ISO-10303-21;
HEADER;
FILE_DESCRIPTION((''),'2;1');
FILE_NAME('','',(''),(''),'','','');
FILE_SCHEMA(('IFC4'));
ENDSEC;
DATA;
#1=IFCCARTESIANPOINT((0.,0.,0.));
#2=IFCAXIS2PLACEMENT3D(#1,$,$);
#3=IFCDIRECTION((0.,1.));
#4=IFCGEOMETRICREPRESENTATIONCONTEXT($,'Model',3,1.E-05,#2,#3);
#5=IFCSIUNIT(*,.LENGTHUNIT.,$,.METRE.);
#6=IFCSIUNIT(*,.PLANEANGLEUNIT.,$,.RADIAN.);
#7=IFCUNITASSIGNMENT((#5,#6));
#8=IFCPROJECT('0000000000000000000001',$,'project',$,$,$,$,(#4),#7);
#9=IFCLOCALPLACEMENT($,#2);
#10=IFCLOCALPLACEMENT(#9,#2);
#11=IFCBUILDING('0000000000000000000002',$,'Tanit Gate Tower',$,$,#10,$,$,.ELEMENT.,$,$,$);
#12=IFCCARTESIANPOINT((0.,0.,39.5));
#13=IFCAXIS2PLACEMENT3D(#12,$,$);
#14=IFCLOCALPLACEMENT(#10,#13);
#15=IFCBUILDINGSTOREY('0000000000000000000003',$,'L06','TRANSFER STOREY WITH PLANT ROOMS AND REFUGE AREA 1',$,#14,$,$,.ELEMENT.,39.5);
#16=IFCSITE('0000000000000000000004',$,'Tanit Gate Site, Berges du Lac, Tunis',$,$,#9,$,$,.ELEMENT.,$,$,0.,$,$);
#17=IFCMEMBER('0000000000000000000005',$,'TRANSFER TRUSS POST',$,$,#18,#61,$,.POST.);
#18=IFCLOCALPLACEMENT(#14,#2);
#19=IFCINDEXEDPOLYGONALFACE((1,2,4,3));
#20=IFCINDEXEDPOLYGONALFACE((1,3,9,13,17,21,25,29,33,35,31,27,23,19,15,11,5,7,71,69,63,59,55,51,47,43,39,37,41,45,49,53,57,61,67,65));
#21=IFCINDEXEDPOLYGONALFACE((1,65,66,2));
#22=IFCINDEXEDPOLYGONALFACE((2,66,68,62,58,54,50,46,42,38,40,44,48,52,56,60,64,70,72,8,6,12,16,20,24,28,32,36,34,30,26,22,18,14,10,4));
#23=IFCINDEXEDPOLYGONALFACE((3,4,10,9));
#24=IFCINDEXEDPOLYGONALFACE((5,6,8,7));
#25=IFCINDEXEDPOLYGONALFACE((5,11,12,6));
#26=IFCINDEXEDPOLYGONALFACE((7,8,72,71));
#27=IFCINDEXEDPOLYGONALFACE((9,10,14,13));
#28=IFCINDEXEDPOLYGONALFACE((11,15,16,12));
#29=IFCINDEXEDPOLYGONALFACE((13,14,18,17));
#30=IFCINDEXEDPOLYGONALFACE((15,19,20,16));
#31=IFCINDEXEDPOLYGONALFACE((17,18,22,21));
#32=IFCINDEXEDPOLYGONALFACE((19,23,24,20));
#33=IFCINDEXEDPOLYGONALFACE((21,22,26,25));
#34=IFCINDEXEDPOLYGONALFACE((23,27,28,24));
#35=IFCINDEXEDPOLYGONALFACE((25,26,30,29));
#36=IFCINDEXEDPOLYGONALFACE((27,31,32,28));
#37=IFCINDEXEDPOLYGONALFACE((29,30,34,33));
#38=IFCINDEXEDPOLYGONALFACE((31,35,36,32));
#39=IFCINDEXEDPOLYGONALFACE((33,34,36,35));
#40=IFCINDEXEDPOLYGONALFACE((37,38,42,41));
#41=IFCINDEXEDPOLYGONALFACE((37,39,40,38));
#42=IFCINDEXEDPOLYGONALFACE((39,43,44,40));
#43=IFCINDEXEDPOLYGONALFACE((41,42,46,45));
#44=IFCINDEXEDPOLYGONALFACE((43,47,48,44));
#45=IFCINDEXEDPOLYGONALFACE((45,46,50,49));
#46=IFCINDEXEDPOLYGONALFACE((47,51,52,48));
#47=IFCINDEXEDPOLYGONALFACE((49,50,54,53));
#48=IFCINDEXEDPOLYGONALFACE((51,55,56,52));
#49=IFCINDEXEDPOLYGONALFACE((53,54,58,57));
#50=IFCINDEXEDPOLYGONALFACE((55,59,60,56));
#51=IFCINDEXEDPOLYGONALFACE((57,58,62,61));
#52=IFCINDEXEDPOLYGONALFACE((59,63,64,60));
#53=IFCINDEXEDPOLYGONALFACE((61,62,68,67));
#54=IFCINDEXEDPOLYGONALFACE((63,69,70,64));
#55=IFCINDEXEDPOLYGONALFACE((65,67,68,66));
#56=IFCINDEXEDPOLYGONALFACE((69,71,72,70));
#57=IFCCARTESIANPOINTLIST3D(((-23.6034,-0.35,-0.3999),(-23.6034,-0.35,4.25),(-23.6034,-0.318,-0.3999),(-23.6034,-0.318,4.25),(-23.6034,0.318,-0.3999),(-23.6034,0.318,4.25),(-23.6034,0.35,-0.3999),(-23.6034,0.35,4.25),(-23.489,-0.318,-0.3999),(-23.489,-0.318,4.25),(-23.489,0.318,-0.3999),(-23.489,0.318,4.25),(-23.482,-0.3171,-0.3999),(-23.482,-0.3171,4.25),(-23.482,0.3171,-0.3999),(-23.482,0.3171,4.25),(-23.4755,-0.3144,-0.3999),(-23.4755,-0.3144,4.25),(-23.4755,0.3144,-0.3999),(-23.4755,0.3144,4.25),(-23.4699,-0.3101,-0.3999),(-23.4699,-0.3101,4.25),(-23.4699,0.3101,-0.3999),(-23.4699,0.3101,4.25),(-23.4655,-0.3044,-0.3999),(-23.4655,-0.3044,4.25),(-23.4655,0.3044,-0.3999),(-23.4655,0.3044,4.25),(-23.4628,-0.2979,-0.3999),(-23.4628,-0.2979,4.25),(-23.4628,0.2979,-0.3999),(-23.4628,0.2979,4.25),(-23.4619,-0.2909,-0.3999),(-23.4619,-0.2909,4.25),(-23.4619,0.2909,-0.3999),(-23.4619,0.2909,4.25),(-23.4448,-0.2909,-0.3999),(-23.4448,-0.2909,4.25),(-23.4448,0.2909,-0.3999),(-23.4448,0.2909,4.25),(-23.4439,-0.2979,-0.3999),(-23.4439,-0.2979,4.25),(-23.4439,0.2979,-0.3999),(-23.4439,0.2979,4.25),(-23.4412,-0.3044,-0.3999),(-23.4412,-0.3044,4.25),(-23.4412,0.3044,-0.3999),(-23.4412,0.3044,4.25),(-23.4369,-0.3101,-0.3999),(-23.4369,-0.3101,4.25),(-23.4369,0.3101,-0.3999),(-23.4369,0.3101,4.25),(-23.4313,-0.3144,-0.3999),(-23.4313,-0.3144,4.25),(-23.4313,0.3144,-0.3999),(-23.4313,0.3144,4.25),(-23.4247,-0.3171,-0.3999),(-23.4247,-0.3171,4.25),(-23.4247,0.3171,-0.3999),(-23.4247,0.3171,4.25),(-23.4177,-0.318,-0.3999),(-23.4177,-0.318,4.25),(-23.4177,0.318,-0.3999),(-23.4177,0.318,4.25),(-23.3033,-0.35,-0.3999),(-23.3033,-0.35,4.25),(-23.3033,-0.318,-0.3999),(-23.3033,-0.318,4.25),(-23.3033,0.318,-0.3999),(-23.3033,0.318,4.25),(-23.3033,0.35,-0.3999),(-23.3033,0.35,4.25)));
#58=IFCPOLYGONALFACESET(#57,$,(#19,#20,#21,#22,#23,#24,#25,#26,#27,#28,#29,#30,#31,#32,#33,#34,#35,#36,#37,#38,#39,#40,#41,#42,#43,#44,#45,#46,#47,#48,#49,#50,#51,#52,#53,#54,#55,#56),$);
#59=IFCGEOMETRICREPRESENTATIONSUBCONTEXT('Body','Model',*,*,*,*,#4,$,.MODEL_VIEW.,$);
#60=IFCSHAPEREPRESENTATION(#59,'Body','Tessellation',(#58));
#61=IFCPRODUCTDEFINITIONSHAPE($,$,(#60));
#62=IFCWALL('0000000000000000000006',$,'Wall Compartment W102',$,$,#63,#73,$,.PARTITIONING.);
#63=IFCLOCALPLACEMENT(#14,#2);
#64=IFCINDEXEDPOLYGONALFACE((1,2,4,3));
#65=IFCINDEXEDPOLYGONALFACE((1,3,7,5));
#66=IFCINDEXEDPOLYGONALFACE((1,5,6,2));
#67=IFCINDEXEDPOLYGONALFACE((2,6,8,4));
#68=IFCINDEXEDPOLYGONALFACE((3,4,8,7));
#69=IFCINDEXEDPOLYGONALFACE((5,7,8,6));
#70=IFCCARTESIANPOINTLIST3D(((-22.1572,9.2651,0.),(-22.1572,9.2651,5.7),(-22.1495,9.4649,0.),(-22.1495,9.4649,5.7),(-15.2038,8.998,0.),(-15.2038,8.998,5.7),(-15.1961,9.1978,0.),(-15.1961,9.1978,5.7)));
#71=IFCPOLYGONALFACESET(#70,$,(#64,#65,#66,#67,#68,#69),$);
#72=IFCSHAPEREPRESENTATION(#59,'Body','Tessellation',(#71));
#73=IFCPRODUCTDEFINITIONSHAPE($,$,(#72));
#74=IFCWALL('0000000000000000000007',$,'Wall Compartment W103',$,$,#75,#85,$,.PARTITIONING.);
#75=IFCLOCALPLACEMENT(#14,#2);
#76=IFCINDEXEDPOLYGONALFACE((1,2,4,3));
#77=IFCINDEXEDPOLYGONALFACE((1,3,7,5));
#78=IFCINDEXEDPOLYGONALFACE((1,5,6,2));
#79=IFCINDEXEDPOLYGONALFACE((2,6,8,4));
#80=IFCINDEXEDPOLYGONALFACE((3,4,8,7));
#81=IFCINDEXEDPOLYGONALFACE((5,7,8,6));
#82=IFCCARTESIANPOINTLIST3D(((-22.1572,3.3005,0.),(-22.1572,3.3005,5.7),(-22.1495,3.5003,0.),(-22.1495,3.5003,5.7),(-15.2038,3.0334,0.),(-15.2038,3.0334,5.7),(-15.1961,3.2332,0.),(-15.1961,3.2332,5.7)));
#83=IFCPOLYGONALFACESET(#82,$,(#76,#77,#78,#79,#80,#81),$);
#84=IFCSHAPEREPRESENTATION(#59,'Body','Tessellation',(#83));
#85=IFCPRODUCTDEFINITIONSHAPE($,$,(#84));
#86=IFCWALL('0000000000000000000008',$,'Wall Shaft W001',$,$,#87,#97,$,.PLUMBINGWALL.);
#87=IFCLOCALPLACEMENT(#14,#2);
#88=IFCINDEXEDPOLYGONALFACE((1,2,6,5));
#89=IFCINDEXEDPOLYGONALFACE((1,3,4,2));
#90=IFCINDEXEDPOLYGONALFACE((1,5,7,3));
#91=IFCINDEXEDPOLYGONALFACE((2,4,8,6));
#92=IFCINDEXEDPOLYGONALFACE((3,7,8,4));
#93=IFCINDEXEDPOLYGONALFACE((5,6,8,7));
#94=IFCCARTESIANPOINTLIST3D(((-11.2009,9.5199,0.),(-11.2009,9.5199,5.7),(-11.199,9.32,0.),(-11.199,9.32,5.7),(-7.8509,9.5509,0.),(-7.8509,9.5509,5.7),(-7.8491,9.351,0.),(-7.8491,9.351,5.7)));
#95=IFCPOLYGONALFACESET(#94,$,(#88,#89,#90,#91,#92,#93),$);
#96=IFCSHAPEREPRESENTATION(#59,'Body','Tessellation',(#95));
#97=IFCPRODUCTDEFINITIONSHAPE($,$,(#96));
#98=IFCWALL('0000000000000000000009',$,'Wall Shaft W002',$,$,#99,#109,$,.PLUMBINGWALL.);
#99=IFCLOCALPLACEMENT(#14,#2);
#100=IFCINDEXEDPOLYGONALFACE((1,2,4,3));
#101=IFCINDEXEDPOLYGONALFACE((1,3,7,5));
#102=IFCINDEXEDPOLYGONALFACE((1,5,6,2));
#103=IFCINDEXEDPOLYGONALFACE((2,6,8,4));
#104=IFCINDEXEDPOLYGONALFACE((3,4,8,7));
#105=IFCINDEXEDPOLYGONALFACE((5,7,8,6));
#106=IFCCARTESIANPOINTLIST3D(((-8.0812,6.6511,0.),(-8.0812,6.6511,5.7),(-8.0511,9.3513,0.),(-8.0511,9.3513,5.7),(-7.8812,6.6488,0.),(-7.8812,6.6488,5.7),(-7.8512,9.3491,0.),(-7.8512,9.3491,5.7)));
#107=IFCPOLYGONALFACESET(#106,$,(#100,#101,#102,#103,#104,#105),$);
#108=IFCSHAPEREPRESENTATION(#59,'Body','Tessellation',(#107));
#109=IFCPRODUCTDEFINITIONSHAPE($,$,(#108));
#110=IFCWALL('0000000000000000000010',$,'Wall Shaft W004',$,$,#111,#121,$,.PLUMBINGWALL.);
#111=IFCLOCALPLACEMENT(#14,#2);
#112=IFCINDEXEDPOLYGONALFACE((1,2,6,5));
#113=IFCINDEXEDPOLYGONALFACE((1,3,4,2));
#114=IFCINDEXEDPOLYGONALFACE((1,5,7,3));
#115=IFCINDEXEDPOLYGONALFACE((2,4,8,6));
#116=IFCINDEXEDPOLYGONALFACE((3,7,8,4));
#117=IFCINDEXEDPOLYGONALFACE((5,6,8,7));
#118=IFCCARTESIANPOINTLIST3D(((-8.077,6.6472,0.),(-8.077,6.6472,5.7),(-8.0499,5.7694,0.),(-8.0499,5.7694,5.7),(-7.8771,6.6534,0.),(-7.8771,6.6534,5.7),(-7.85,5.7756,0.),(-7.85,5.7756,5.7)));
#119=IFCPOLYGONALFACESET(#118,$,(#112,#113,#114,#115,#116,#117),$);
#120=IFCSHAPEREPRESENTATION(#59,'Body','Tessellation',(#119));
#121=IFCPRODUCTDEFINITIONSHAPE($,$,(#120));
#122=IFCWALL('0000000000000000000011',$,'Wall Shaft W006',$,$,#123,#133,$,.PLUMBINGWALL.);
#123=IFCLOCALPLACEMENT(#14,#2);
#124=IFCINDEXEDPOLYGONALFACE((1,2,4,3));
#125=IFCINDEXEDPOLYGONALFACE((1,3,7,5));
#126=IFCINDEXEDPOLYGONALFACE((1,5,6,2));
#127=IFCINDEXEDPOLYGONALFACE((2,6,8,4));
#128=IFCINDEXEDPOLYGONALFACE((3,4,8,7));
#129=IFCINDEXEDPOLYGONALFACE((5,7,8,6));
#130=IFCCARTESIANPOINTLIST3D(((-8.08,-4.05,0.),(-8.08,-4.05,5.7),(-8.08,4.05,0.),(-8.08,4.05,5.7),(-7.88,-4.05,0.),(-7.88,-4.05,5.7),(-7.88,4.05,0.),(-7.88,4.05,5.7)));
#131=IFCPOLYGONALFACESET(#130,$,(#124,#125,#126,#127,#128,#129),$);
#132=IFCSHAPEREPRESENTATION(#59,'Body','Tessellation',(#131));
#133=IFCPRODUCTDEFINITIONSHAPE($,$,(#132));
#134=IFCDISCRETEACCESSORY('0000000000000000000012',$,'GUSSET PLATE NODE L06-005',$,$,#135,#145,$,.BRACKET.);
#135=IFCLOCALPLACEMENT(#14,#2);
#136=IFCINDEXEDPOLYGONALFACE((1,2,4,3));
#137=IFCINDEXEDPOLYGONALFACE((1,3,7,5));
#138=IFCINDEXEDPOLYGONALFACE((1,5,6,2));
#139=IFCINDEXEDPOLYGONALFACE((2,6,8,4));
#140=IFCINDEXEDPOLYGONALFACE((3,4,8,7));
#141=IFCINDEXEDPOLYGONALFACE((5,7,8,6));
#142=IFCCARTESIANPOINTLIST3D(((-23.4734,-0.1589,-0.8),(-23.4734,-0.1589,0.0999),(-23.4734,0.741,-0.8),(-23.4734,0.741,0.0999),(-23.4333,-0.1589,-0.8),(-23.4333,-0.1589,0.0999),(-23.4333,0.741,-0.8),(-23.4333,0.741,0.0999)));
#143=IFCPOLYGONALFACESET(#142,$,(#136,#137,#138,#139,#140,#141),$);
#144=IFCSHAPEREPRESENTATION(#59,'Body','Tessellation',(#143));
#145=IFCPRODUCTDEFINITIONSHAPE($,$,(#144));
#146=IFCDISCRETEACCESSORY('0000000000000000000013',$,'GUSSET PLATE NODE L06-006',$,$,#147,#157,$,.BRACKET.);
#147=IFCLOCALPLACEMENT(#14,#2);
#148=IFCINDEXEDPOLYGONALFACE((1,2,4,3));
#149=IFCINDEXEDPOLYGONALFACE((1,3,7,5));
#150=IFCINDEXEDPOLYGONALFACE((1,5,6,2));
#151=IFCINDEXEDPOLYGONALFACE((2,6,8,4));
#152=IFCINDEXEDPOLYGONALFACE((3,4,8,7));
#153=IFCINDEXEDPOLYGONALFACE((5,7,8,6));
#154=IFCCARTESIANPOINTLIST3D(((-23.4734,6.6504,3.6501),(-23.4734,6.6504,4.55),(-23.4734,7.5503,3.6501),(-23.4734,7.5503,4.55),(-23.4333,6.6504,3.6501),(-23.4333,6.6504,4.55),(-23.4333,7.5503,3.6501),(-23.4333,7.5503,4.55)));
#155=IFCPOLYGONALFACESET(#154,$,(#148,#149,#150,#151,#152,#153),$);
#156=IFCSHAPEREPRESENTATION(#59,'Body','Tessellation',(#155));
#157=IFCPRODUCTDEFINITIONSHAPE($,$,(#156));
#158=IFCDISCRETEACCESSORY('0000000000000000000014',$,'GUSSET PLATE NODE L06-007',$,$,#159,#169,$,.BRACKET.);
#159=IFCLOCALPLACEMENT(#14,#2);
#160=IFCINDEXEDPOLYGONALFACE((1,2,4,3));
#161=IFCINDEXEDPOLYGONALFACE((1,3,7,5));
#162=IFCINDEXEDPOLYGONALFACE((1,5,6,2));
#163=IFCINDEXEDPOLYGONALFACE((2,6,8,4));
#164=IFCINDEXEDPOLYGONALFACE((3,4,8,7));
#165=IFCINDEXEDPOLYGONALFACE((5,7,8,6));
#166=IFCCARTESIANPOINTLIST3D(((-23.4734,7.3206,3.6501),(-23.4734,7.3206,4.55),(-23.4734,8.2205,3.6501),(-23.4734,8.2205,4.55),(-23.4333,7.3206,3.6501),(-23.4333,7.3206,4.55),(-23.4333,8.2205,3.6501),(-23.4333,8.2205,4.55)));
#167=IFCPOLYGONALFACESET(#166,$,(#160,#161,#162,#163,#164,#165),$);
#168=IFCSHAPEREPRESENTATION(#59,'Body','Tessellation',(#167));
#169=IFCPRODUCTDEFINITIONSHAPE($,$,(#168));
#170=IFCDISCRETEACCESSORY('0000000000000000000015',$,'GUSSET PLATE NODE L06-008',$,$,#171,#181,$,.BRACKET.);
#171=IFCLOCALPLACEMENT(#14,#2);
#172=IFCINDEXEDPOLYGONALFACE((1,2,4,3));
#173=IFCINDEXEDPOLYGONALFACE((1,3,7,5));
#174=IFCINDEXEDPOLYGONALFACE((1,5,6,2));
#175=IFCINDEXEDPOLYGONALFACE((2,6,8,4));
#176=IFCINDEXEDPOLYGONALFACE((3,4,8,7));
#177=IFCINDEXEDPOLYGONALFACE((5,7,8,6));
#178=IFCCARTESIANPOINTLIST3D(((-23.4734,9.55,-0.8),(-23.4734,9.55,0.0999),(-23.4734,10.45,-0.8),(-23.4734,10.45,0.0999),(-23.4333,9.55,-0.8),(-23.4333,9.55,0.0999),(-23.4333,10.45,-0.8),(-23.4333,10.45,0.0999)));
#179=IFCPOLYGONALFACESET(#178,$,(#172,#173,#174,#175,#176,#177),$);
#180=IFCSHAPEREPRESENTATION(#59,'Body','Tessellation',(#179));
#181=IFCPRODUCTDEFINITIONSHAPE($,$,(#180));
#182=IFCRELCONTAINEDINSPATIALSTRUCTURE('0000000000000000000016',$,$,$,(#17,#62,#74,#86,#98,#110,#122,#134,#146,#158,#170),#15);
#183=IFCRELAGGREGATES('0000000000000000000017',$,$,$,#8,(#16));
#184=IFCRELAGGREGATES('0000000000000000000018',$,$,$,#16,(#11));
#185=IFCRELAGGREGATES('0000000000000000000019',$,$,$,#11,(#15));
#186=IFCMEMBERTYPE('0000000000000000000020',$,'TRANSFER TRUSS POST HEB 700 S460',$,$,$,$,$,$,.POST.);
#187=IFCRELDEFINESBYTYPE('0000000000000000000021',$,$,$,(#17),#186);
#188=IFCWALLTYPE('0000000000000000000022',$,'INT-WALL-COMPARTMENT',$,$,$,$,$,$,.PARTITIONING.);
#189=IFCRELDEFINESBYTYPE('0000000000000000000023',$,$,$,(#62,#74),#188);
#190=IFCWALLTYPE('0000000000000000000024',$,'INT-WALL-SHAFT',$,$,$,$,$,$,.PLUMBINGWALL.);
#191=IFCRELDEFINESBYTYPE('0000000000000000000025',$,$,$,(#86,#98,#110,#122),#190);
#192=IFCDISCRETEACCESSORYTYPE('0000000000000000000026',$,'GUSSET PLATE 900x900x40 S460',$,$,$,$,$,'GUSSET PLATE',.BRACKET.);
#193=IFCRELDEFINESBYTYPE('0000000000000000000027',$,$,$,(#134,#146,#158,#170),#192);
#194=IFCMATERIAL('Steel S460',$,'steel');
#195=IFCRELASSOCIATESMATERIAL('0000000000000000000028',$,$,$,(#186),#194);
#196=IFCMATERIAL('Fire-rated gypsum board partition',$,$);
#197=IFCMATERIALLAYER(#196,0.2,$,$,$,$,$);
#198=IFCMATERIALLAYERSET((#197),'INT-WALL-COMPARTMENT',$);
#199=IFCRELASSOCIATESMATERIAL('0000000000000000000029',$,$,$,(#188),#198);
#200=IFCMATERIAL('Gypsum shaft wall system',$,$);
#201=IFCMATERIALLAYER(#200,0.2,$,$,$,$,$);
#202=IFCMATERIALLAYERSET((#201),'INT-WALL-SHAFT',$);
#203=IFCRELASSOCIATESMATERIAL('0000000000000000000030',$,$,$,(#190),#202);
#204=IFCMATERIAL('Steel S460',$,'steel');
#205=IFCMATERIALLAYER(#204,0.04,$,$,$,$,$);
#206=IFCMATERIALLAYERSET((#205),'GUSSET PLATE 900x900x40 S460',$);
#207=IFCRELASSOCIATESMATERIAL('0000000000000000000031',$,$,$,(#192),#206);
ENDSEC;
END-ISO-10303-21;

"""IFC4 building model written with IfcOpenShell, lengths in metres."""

from ifc_helpers import new_model, si_unit, direction, frame, frame_2d, origin, origin_2d, place, context, subcontext, project, spatial, rectangle, i_section, extrude, material, layer, layer_set, material_profile, profile_set, type_object, element, save


model = new_model("IFC4")

# Units and contexts
model_context = context("Model", 3, precision=1e-05, world=origin(), true_north=direction((0.0, 1.0)))
body_context = subcontext(model_context, "Body", "Model", "MODEL_VIEW")
ifc_project = project(units=[si_unit("LENGTHUNIT", "METRE"), si_unit("PLANEANGLEUNIT", "RADIAN")], contexts=[model_context])

# Site, building, storey
site_placement = place(None, origin())
site = spatial("IfcSite", under=ifc_project, at=site_placement, Name="Tanit Gate Site, Berges du Lac, Tunis", CompositionType="ELEMENT", RefElevation=0.0)
building_placement = place(site_placement, origin())
building = spatial("IfcBuilding", under=site, at=building_placement, Name="Tanit Gate Tower", CompositionType="ELEMENT")
storey_placement = place(building_placement, frame((0.0, 0.0, 39.5)))
storey = spatial("IfcBuildingStorey", under=building, at=storey_placement, Name="L06", Description="TRANSFER STOREY WITH PLANT ROOMS AND REFUGE AREA 1", CompositionType="ELEMENT", Elevation=39.5)

# Member
ifc_material_1 = material(Name="Steel S460", Category="steel")
ifc_material_profile_1 = material_profile(ifc_material_1, i_section(OverallWidth=0.3, OverallDepth=0.7, WebThickness=0.0171, FlangeThickness=0.032, FilletRadius=0.0271, at=origin_2d()), Name="HEB 700")
ifc_profile_set_1 = profile_set([ifc_material_profile_1], Name="Steel S460")
member_type_1 = type_object("IfcMemberType", Name="TRANSFER TRUSS POST HEB 700 S460", PredefinedType="POST", material=ifc_profile_set_1)
member_1_placement = place(storey_placement, frame((-23.4534, 0.0, -0.3999), z_axis=(0.0, 0.0, 1.0), x_axis=(1.0, 0.0, 0.0)))
element("IfcMember", 1, at=member_1_placement, inside=storey, type_object=member_type_1, Name="TRANSFER TRUSS POST", PredefinedType="POST", context=body_context, shape_type="SweptSolid", body=[
    extrude(i_section(OverallWidth=0.3, OverallDepth=0.7, WebThickness=0.0171, FlangeThickness=0.032, FilletRadius=0.0271, at=origin_2d()), origin(), (0.0, 0.0, 1.0), 4.6499),
])

# Walls
ifc_material_2 = material(Name="Fire-rated gypsum board partition")
ifc_layer_1 = layer(ifc_material_2, 0.2)
ifc_layer_set_1 = layer_set([ifc_layer_1], Name="INT-WALL-COMPARTMENT")
wall_type_1 = type_object("IfcWallType", Name="INT-WALL-COMPARTMENT", PredefinedType="PARTITIONING", material=ifc_layer_set_1)
for number, where, z_axis, x_axis, name in (
    (2, (-22.1533, 9.365, 0.0), (0.0, 0.0, 1.0), (0.999263, -0.038383, 0.0), "Wall Compartment W102"),
    (3, (-22.1533, 3.4004, 0.0), (0.0, 0.0, 1.0), (0.999263, -0.038383, 0.0), "Wall Compartment W103"),
):
    element("IfcWall", number, at=place(storey_placement, frame(where, z_axis=z_axis, x_axis=x_axis)), inside=storey, type_object=wall_type_1, Name=name, PredefinedType="PARTITIONING", context=body_context, shape_type="SweptSolid", body=[
        extrude(rectangle(XDim=6.9585, YDim=0.2, at=frame_2d((3.4792, 0.0))), origin(), (0.0, 0.0, 1.0), 5.7),
    ])
ifc_material_3 = material(Name="Gypsum shaft wall system")
ifc_layer_2 = layer(ifc_material_3, 0.2)
ifc_layer_set_2 = layer_set([ifc_layer_2], Name="INT-WALL-SHAFT")
wall_type_2 = type_object("IfcWallType", Name="INT-WALL-SHAFT", PredefinedType="PLUMBINGWALL", material=ifc_layer_set_2)
wall_1_placement = place(storey_placement, frame((-11.2, 9.4199, 0.0), z_axis=(0.0, 0.0, 1.0), x_axis=(0.999957, 0.009255, 0.0)))
element("IfcWall", 4, at=wall_1_placement, inside=storey, type_object=wall_type_2, Name="Wall Shaft W001", PredefinedType="PLUMBINGWALL", context=body_context, shape_type="SweptSolid", body=[
    extrude(rectangle(XDim=3.3501, YDim=0.2, at=frame_2d((1.675, 0.0))), origin(), (0.0, 0.0, 1.0), 5.7),
])
wall_2_placement = place(storey_placement, frame((-7.9512, 9.3501, 0.0), z_axis=(0.0, 0.0, 1.0), x_axis=(-0.01112, -0.999938, 0.0)))
element("IfcWall", 5, at=wall_2_placement, inside=storey, type_object=wall_type_2, Name="Wall Shaft W002", PredefinedType="PLUMBINGWALL", context=body_context, shape_type="SweptSolid", body=[
    extrude(rectangle(XDim=2.7004, YDim=0.2, at=frame_2d((1.3501, 0.0))), origin(), (0.0, 0.0, 1.0), 5.7),
])
wall_3_placement = place(storey_placement, frame((-7.9771, 6.6501, 0.0), z_axis=(0.0, 0.0, 1.0), x_axis=(0.030862, -0.999524, 0.0)))
element("IfcWall", 6, at=wall_3_placement, inside=storey, type_object=wall_type_2, Name="Wall Shaft W004", PredefinedType="PLUMBINGWALL", context=body_context, shape_type="SweptSolid", body=[
    extrude(rectangle(XDim=0.8782, YDim=0.2, at=frame_2d((0.439, 0.0))), origin(), (0.0, 0.0, 1.0), 5.7),
])
wall_4_placement = place(storey_placement, frame((-7.98, 4.05, 0.0), z_axis=(0.0, 0.0, 1.0), x_axis=(0.0, -1.0, 0.0)))
element("IfcWall", 7, at=wall_4_placement, inside=storey, type_object=wall_type_2, Name="Wall Shaft W006", PredefinedType="PLUMBINGWALL", context=body_context, shape_type="SweptSolid", body=[
    extrude(rectangle(XDim=8.1001, YDim=0.2, at=frame_2d((4.05, 0.0))), origin(), (0.0, 0.0, 1.0), 5.7),
])

# Discrete accessories
ifc_material_4 = material(Name="Steel S460", Category="steel")
ifc_layer_3 = layer(ifc_material_4, 0.04)
ifc_layer_set_3 = layer_set([ifc_layer_3], Name="GUSSET PLATE 900x900x40 S460")
discrete_accessory_type = type_object("IfcDiscreteAccessoryType", Name="GUSSET PLATE 900x900x40 S460", ElementType="GUSSET PLATE", PredefinedType="BRACKET", material=ifc_layer_set_3)
for number, where, z_axis, x_axis, name in (
    (8, (-23.4534, 0.291, -0.8), (0.0, 0.0, 1.0), (0.0, 1.0, 0.0), "GUSSET PLATE NODE L06-005"),
    (9, (-23.4534, 7.1003, 3.6501), (0.0, 0.0, 1.0), (0.0, -1.0, 0.0), "GUSSET PLATE NODE L06-006"),
    (10, (-23.4534, 7.7705, 3.6501), (0.0, 0.0, 1.0), (0.0, 1.0, 0.0), "GUSSET PLATE NODE L06-007"),
    (11, (-23.4534, 10.0, -0.8), (0.0, 0.0, 1.0), (0.0, -1.0, 0.0), "GUSSET PLATE NODE L06-008"),
):
    element("IfcDiscreteAccessory", number, at=place(storey_placement, frame(where, z_axis=z_axis, x_axis=x_axis)), inside=storey, type_object=discrete_accessory_type, Name=name, PredefinedType="BRACKET", context=body_context, shape_type="SweptSolid", body=[
        extrude(rectangle(XDim=0.8999, YDim=0.04, at=origin_2d()), origin(), (0.0, 0.0, 1.0), 0.8999),
    ])

save(model, "model.ifc")
